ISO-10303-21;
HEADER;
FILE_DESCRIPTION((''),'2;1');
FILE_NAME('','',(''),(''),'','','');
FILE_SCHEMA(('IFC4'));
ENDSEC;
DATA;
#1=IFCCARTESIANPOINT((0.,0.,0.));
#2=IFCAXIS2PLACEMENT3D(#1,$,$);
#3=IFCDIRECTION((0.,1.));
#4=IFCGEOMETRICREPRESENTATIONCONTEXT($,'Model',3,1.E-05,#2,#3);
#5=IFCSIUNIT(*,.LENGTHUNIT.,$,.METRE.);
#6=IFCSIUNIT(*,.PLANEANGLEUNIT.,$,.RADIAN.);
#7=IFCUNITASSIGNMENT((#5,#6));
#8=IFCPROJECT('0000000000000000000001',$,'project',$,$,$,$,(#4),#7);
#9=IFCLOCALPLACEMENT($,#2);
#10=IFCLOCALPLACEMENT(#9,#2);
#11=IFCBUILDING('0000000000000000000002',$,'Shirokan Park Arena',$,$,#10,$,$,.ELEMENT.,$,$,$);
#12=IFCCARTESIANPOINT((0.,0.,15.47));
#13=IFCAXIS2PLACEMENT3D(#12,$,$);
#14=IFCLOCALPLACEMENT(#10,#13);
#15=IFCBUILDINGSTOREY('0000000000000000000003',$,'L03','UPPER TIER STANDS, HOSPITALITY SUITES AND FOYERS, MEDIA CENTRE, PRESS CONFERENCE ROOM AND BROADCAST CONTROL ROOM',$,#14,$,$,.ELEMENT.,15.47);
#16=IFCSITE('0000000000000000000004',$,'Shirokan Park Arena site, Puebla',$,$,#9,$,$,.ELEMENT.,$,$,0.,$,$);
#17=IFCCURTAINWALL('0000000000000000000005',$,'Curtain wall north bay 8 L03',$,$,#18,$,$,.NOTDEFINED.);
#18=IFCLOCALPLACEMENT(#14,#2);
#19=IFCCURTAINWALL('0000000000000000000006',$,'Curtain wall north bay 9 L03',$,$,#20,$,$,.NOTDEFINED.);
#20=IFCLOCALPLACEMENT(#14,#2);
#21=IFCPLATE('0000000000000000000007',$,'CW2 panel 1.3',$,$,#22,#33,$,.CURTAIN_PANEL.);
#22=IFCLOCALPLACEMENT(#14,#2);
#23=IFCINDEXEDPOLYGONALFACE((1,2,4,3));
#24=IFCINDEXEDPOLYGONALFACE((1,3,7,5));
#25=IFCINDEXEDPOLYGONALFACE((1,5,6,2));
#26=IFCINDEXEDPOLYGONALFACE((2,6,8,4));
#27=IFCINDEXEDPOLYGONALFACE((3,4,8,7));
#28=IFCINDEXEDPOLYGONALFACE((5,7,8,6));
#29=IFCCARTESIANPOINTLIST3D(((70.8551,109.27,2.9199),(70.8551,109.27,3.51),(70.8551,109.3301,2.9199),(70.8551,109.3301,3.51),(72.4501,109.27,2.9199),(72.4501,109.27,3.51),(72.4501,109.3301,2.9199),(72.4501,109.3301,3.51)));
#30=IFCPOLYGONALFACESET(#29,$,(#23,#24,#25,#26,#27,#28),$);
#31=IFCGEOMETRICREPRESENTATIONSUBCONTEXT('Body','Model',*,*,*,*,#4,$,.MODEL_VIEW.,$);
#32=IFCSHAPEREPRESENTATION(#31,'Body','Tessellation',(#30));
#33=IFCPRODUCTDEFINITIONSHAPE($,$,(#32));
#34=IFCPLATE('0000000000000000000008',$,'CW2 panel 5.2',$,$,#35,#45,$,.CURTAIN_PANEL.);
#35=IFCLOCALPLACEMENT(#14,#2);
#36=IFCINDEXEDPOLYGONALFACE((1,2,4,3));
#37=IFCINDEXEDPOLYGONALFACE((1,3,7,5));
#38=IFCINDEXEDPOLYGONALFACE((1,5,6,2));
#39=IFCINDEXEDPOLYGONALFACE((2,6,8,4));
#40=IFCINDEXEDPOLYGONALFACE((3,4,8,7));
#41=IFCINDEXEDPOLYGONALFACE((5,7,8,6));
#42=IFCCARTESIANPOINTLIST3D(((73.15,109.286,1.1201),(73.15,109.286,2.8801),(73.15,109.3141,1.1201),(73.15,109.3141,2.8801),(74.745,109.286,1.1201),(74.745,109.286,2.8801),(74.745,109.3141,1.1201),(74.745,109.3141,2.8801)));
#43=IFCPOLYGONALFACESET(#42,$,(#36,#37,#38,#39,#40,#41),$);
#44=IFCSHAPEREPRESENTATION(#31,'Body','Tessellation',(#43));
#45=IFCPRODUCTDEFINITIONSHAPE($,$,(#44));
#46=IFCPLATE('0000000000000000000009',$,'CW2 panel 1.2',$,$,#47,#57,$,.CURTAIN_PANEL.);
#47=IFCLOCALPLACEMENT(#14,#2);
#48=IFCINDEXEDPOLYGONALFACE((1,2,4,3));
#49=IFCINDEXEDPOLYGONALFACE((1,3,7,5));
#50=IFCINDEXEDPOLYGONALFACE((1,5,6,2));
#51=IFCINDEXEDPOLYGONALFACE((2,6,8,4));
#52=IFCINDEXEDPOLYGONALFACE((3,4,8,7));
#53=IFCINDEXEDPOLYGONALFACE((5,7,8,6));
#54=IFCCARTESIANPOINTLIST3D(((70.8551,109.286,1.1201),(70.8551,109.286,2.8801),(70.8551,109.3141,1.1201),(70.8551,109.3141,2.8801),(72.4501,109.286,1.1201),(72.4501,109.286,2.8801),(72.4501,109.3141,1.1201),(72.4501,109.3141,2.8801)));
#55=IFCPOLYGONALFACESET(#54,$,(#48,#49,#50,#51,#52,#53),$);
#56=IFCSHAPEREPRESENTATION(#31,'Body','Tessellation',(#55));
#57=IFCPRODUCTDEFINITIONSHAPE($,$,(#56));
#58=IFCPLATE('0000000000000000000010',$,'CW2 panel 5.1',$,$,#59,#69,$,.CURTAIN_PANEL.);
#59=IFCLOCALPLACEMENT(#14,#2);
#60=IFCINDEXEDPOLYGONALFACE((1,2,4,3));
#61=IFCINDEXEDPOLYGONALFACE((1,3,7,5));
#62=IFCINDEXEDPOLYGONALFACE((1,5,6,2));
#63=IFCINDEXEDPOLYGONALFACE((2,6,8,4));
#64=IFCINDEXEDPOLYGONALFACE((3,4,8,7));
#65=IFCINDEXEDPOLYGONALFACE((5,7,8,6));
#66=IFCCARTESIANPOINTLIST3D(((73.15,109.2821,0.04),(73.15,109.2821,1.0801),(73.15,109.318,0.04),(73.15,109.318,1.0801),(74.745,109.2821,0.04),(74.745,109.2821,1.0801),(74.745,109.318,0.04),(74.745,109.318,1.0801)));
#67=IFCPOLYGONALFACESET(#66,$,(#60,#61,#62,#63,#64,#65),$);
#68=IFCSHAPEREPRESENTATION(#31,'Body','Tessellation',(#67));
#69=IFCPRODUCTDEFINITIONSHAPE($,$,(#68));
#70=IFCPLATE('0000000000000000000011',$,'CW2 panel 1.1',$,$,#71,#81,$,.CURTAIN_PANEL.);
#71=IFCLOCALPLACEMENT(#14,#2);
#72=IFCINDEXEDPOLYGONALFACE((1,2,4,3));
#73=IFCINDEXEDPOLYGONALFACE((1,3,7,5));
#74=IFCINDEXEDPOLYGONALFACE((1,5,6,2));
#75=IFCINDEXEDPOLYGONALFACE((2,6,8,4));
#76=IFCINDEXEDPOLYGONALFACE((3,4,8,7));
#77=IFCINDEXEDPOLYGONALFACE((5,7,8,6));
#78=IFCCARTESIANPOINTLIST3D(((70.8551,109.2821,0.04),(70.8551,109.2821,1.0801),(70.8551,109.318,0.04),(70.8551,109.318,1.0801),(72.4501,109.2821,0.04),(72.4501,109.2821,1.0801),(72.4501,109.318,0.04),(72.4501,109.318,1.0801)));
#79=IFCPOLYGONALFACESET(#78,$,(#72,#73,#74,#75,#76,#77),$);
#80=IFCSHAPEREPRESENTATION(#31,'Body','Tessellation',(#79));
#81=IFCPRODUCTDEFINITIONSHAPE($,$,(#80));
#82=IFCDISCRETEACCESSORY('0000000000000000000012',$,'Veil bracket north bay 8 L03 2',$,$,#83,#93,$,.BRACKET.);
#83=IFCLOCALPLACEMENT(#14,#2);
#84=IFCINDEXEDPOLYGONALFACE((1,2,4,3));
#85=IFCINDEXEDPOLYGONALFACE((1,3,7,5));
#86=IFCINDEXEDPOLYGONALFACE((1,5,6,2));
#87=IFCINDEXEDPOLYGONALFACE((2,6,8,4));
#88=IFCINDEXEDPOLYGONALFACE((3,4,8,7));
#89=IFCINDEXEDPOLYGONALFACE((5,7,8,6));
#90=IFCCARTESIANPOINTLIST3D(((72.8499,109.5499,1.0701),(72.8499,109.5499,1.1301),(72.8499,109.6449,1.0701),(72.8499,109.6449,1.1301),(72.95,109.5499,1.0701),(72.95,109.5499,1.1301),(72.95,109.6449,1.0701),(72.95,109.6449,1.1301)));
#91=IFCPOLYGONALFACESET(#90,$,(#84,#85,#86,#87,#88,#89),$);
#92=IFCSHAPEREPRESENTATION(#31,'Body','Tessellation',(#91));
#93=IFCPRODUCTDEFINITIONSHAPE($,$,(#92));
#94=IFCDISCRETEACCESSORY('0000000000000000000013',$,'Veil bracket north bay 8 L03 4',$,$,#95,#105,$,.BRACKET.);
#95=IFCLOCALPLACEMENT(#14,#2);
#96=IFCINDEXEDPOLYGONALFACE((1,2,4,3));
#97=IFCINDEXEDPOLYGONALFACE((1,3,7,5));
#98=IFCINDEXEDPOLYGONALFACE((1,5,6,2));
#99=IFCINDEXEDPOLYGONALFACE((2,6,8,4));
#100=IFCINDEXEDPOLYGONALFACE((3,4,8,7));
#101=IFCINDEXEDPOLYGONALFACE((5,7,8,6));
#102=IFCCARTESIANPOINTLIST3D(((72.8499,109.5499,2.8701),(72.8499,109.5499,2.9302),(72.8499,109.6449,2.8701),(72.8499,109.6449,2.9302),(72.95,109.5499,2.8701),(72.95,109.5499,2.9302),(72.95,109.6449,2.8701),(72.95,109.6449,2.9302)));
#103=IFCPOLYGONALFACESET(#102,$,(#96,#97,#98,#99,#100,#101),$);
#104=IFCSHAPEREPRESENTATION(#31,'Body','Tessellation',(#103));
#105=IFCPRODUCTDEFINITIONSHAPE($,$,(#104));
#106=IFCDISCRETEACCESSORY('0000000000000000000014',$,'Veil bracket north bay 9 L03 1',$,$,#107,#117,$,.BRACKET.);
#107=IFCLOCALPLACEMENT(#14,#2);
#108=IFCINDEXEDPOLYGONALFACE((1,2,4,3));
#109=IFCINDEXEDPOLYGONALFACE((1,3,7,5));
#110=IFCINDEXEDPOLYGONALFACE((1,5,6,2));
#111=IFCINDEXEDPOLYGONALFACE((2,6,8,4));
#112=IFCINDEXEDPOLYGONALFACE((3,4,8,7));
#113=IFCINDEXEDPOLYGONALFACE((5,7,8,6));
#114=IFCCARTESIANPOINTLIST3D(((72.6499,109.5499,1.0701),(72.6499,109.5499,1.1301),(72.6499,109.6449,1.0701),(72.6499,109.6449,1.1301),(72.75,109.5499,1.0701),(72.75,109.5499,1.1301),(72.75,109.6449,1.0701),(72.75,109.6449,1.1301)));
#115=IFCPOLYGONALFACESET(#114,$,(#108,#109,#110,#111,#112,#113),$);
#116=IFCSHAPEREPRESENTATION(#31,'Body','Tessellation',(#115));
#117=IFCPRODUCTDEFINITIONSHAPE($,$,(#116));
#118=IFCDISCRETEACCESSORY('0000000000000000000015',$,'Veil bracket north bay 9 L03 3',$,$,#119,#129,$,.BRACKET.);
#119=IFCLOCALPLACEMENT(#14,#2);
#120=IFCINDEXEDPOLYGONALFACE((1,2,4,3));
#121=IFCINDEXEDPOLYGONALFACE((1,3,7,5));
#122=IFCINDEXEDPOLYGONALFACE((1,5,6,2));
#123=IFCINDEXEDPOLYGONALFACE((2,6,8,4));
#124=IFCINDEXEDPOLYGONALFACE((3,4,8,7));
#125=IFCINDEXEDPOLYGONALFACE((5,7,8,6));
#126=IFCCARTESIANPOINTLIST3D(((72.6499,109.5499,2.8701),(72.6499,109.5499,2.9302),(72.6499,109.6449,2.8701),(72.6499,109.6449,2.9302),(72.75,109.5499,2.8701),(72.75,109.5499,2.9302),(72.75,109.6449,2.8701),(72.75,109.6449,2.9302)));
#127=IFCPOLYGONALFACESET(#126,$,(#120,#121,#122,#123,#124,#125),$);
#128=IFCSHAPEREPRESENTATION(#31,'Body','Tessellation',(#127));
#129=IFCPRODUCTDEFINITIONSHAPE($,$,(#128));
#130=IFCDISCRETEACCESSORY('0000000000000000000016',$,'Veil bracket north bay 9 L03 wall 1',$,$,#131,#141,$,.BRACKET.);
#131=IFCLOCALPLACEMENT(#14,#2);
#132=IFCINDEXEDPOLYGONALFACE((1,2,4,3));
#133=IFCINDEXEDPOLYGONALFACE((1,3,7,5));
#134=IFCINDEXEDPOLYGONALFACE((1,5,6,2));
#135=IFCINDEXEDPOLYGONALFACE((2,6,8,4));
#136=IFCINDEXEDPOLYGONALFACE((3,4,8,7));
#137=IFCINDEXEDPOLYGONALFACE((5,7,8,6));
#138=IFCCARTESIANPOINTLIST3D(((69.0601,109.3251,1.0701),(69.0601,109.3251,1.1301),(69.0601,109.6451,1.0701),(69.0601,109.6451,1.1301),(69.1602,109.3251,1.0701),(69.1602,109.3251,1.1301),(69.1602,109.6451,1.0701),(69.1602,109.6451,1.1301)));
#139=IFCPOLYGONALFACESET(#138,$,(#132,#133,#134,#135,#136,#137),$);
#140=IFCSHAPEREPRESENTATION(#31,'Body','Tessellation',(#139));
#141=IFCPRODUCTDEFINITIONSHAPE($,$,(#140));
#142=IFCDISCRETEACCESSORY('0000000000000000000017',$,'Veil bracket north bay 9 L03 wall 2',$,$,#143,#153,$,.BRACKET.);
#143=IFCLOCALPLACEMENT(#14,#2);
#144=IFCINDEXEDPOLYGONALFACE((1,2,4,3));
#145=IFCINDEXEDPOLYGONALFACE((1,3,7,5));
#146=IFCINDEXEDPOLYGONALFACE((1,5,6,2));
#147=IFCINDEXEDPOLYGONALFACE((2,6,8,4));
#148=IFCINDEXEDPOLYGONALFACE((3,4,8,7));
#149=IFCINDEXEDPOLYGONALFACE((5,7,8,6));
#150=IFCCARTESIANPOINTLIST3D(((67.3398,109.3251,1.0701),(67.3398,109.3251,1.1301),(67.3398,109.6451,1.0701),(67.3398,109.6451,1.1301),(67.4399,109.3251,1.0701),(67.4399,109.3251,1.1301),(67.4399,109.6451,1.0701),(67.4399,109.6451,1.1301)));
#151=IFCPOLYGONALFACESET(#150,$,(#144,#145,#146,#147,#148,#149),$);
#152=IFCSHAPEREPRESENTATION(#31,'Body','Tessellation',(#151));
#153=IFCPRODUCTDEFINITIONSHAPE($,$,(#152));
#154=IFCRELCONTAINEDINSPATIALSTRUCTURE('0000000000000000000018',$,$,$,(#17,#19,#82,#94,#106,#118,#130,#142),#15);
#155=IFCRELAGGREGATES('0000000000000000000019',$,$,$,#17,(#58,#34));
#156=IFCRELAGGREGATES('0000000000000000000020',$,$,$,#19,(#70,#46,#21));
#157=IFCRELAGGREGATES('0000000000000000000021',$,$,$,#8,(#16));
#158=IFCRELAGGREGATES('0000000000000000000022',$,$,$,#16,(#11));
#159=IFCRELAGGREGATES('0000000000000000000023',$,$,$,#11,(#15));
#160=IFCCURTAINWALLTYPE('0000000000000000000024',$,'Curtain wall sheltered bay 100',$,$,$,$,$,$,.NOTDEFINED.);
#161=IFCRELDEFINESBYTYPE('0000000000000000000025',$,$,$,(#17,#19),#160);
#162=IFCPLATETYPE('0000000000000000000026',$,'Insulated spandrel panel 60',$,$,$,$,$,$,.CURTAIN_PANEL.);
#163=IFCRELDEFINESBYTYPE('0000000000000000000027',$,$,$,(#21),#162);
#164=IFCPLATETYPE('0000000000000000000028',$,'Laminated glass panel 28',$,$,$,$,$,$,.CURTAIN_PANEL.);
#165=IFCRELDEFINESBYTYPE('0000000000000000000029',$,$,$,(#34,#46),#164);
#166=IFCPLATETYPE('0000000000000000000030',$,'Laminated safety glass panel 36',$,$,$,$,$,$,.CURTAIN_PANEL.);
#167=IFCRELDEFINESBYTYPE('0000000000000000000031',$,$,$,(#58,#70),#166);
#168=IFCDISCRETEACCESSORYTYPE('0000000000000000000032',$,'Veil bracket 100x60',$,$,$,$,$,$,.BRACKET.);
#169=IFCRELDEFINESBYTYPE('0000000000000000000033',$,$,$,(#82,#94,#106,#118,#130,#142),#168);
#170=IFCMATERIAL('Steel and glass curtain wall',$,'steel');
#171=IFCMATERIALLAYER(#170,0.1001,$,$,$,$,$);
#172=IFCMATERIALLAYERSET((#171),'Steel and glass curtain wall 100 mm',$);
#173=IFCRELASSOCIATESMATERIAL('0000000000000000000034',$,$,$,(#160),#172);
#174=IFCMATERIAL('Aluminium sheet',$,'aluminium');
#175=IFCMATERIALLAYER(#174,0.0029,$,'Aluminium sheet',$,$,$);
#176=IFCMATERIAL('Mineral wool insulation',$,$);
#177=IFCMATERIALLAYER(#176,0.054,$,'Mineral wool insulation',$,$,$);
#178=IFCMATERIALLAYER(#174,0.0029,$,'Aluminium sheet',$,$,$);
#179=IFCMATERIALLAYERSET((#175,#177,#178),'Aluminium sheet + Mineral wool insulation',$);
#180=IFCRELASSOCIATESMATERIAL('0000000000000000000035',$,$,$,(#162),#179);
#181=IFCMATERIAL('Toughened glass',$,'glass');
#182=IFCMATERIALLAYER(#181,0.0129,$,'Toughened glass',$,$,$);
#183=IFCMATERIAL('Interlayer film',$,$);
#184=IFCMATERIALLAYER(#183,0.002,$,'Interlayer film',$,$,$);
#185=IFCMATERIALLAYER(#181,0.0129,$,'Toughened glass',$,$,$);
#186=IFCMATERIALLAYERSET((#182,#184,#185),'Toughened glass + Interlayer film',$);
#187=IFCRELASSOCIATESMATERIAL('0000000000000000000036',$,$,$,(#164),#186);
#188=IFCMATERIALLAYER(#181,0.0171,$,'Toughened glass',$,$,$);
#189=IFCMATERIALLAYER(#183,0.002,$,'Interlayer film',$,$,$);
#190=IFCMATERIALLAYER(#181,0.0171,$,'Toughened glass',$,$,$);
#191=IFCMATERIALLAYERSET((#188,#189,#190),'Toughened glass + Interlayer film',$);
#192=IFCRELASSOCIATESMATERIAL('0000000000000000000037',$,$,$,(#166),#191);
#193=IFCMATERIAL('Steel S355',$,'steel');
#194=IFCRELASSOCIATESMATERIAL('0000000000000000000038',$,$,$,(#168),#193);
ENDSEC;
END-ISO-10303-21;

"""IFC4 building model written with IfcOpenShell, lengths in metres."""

from ifc_helpers import new_model, si_unit, direction, frame, origin, origin_2d, place, context, subcontext, project, spatial, rectangle, extrude, material, layer, layer_set, type_object, element, aggregate, save


model = new_model("IFC4")

# Units and contexts
model_context = context("Model", 3, precision=1e-05, world=origin(), true_north=direction((0.0, 1.0)))
body_context = subcontext(model_context, "Body", "Model", "MODEL_VIEW")
ifc_project = project(units=[si_unit("LENGTHUNIT", "METRE"), si_unit("PLANEANGLEUNIT", "RADIAN")], contexts=[model_context])

# Site, building, storey
site_placement = place(None, origin())
site = spatial("IfcSite", under=ifc_project, at=site_placement, Name="Shirokan Park Arena site, Puebla", CompositionType="ELEMENT", RefElevation=0.0)
building_placement = place(site_placement, origin())
building = spatial("IfcBuilding", under=site, at=building_placement, Name="Shirokan Park Arena", CompositionType="ELEMENT")
storey_placement = place(building_placement, frame((0.0, 0.0, 15.47)))
storey = spatial("IfcBuildingStorey", under=building, at=storey_placement, Name="L03", Description="UPPER TIER STANDS, HOSPITALITY SUITES AND FOYERS, MEDIA CENTRE, PRESS CONFERENCE ROOM AND BROADCAST CONTROL ROOM", CompositionType="ELEMENT", Elevation=15.47)

# Curtain wall
ifc_material_1 = material(Name="Steel and glass curtain wall", Category="steel")
ifc_layer_1 = layer(ifc_material_1, 0.1001)
ifc_layer_set_1 = layer_set([ifc_layer_1], Name="Steel and glass curtain wall 100 mm")
curtain_wall_type = type_object("IfcCurtainWallType", Name="Curtain wall sheltered bay 100", PredefinedType="NOTDEFINED", material=ifc_layer_set_1)
curtain_wall_1_placement = place(storey_placement, origin())
curtain_wall_1 = element("IfcCurtainWall", 1, at=curtain_wall_1_placement, inside=storey, type_object=curtain_wall_type, Name="Curtain wall north bay 8 L03", PredefinedType="NOTDEFINED")
ifc_material_2 = material(Name="Steel S355", Category="steel")

# Curtain wall
curtain_wall_2_placement = place(storey_placement, origin())
curtain_wall_2 = element("IfcCurtainWall", 2, at=curtain_wall_2_placement, inside=storey, type_object=curtain_wall_type, Name="Curtain wall north bay 9 L03", PredefinedType="NOTDEFINED")

# Plates
ifc_material_3 = material(Name="Aluminium sheet", Category="aluminium")
ifc_layer_2 = layer(ifc_material_3, 0.0029, Name="Aluminium sheet")
ifc_material_4 = material(Name="Mineral wool insulation")
ifc_layer_3 = layer(ifc_material_4, 0.054, Name="Mineral wool insulation")
ifc_layer_4 = layer(ifc_material_3, 0.0029, Name="Aluminium sheet")
ifc_layer_set_2 = layer_set([ifc_layer_2, ifc_layer_3, ifc_layer_4], Name="Aluminium sheet + Mineral wool insulation")
plate_type_1 = type_object("IfcPlateType", Name="Insulated spandrel panel 60", PredefinedType="CURTAIN_PANEL", material=ifc_layer_set_2)
plate_1_placement = place(storey_placement, frame((71.6526, 109.3, 2.9199), z_axis=(0.0, 0.0, 1.0), x_axis=(-1.0, 0.0, 0.0)))
plate_1 = element("IfcPlate", 3, at=plate_1_placement, type_object=plate_type_1, Name="CW2 panel 1.3", PredefinedType="CURTAIN_PANEL", context=body_context, shape_type="SweptSolid", body=[
    extrude(rectangle(XDim=1.595, YDim=0.0601, at=origin_2d()), origin(), (0.0, 0.0, 1.0), 0.5901),
])
ifc_material_5 = material(Name="Toughened glass", Category="glass")
ifc_layer_5 = layer(ifc_material_5, 0.0129, Name="Toughened glass")
ifc_material_6 = material(Name="Interlayer film")
ifc_layer_6 = layer(ifc_material_6, 0.002, Name="Interlayer film")
ifc_layer_7 = layer(ifc_material_5, 0.0129, Name="Toughened glass")
ifc_layer_set_3 = layer_set([ifc_layer_5, ifc_layer_6, ifc_layer_7], Name="Toughened glass + Interlayer film")
plate_type_2 = type_object("IfcPlateType", Name="Laminated glass panel 28", PredefinedType="CURTAIN_PANEL", material=ifc_layer_set_3)
plate_2_placement = place(storey_placement, frame((73.9475, 109.3, 1.1201), z_axis=(0.0, 0.0, 1.0), x_axis=(-1.0, 0.0, 0.0)))
plate_2 = element("IfcPlate", 4, at=plate_2_placement, type_object=plate_type_2, Name="CW2 panel 5.2", PredefinedType="CURTAIN_PANEL", context=body_context, shape_type="SweptSolid", body=[
    extrude(rectangle(XDim=1.595, YDim=0.0281, at=origin_2d()), origin(), (0.0, 0.0, 1.0), 1.76),
])
plate_3_placement = place(storey_placement, frame((71.6526, 109.3, 1.1201), z_axis=(0.0, 0.0, 1.0), x_axis=(-1.0, 0.0, 0.0)))
plate_3 = element("IfcPlate", 5, at=plate_3_placement, type_object=plate_type_2, Name="CW2 panel 1.2", PredefinedType="CURTAIN_PANEL", context=body_context, shape_type="SweptSolid", body=[
    extrude(rectangle(XDim=1.595, YDim=0.0281, at=origin_2d()), origin(), (0.0, 0.0, 1.0), 1.76),
])
ifc_layer_8 = layer(ifc_material_5, 0.0171, Name="Toughened glass")
ifc_layer_9 = layer(ifc_material_6, 0.002, Name="Interlayer film")
ifc_layer_10 = layer(ifc_material_5, 0.0171, Name="Toughened glass")
ifc_layer_set_4 = layer_set([ifc_layer_8, ifc_layer_9, ifc_layer_10], Name="Toughened glass + Interlayer film")
plate_type_3 = type_object("IfcPlateType", Name="Laminated safety glass panel 36", PredefinedType="CURTAIN_PANEL", material=ifc_layer_set_4)
plate_4_placement = place(storey_placement, frame((73.9475, 109.3, 0.04), z_axis=(0.0, 0.0, 1.0), x_axis=(-1.0, 0.0, 0.0)))
plate_4 = element("IfcPlate", 6, at=plate_4_placement, type_object=plate_type_3, Name="CW2 panel 5.1", PredefinedType="CURTAIN_PANEL", context=body_context, shape_type="SweptSolid", body=[
    extrude(rectangle(XDim=1.595, YDim=0.0359, at=origin_2d()), origin(), (0.0, 0.0, 1.0), 1.04),
])
aggregate(curtain_wall_1, [plate_4, plate_2])
plate_5_placement = place(storey_placement, frame((71.6526, 109.3, 0.04), z_axis=(0.0, 0.0, 1.0), x_axis=(-1.0, 0.0, 0.0)))
plate_5 = element("IfcPlate", 7, at=plate_5_placement, type_object=plate_type_3, Name="CW2 panel 1.1", PredefinedType="CURTAIN_PANEL", context=body_context, shape_type="SweptSolid", body=[
    extrude(rectangle(XDim=1.595, YDim=0.0359, at=origin_2d()), origin(), (0.0, 0.0, 1.0), 1.04),
])
aggregate(curtain_wall_2, [plate_5, plate_3, plate_1])

# Discrete accessories
discrete_accessory_type = type_object("IfcDiscreteAccessoryType", Name="Veil bracket 100x60", PredefinedType="BRACKET", material=ifc_material_2)
for number, where, z_axis, x_axis, name in (
    (8, (72.8999, 109.5974, 1.0701), (0.0, 0.0, 1.0), (-1.0, 0.0, 0.0), "Veil bracket north bay 8 L03 2"),
    (9, (72.8999, 109.5974, 2.8701), (0.0, 0.0, 1.0), (-1.0, 0.0, 0.0), "Veil bracket north bay 8 L03 4"),
    (10, (72.7, 109.5974, 1.0701), (0.0, 0.0, 1.0), (-1.0, 0.0, 0.0), "Veil bracket north bay 9 L03 1"),
    (11, (72.7, 109.5974, 2.8701), (0.0, 0.0, 1.0), (-1.0, 0.0, 0.0), "Veil bracket north bay 9 L03 3"),
):
    element("IfcDiscreteAccessory", number, at=place(storey_placement, frame(where, z_axis=z_axis, x_axis=x_axis)), inside=storey, type_object=discrete_accessory_type, Name=name, PredefinedType="BRACKET", context=body_context, shape_type="SweptSolid", body=[
        extrude(rectangle(XDim=0.1001, YDim=0.095, at=origin_2d()), origin(), (0.0, 0.0, 1.0), 0.0601),
    ])
for number, where, z_axis, x_axis, name in (
    (12, (69.1101, 109.4851, 1.0701), (0.0, 0.0, 1.0), (-1.0, 0.0, 0.0), "Veil bracket north bay 9 L03 wall 1"),
    (13, (67.3899, 109.4851, 1.0701), (0.0, 0.0, 1.0), (-1.0, 0.0, 0.0), "Veil bracket north bay 9 L03 wall 2"),
):
    element("IfcDiscreteAccessory", number, at=place(storey_placement, frame(where, z_axis=z_axis, x_axis=x_axis)), inside=storey, type_object=discrete_accessory_type, Name=name, PredefinedType="BRACKET", context=body_context, shape_type="SweptSolid", body=[
        extrude(rectangle(XDim=0.1001, YDim=0.3201, at=origin_2d()), origin(), (0.0, 0.0, 1.0), 0.0601),
    ])

save(model, "model.ifc")
